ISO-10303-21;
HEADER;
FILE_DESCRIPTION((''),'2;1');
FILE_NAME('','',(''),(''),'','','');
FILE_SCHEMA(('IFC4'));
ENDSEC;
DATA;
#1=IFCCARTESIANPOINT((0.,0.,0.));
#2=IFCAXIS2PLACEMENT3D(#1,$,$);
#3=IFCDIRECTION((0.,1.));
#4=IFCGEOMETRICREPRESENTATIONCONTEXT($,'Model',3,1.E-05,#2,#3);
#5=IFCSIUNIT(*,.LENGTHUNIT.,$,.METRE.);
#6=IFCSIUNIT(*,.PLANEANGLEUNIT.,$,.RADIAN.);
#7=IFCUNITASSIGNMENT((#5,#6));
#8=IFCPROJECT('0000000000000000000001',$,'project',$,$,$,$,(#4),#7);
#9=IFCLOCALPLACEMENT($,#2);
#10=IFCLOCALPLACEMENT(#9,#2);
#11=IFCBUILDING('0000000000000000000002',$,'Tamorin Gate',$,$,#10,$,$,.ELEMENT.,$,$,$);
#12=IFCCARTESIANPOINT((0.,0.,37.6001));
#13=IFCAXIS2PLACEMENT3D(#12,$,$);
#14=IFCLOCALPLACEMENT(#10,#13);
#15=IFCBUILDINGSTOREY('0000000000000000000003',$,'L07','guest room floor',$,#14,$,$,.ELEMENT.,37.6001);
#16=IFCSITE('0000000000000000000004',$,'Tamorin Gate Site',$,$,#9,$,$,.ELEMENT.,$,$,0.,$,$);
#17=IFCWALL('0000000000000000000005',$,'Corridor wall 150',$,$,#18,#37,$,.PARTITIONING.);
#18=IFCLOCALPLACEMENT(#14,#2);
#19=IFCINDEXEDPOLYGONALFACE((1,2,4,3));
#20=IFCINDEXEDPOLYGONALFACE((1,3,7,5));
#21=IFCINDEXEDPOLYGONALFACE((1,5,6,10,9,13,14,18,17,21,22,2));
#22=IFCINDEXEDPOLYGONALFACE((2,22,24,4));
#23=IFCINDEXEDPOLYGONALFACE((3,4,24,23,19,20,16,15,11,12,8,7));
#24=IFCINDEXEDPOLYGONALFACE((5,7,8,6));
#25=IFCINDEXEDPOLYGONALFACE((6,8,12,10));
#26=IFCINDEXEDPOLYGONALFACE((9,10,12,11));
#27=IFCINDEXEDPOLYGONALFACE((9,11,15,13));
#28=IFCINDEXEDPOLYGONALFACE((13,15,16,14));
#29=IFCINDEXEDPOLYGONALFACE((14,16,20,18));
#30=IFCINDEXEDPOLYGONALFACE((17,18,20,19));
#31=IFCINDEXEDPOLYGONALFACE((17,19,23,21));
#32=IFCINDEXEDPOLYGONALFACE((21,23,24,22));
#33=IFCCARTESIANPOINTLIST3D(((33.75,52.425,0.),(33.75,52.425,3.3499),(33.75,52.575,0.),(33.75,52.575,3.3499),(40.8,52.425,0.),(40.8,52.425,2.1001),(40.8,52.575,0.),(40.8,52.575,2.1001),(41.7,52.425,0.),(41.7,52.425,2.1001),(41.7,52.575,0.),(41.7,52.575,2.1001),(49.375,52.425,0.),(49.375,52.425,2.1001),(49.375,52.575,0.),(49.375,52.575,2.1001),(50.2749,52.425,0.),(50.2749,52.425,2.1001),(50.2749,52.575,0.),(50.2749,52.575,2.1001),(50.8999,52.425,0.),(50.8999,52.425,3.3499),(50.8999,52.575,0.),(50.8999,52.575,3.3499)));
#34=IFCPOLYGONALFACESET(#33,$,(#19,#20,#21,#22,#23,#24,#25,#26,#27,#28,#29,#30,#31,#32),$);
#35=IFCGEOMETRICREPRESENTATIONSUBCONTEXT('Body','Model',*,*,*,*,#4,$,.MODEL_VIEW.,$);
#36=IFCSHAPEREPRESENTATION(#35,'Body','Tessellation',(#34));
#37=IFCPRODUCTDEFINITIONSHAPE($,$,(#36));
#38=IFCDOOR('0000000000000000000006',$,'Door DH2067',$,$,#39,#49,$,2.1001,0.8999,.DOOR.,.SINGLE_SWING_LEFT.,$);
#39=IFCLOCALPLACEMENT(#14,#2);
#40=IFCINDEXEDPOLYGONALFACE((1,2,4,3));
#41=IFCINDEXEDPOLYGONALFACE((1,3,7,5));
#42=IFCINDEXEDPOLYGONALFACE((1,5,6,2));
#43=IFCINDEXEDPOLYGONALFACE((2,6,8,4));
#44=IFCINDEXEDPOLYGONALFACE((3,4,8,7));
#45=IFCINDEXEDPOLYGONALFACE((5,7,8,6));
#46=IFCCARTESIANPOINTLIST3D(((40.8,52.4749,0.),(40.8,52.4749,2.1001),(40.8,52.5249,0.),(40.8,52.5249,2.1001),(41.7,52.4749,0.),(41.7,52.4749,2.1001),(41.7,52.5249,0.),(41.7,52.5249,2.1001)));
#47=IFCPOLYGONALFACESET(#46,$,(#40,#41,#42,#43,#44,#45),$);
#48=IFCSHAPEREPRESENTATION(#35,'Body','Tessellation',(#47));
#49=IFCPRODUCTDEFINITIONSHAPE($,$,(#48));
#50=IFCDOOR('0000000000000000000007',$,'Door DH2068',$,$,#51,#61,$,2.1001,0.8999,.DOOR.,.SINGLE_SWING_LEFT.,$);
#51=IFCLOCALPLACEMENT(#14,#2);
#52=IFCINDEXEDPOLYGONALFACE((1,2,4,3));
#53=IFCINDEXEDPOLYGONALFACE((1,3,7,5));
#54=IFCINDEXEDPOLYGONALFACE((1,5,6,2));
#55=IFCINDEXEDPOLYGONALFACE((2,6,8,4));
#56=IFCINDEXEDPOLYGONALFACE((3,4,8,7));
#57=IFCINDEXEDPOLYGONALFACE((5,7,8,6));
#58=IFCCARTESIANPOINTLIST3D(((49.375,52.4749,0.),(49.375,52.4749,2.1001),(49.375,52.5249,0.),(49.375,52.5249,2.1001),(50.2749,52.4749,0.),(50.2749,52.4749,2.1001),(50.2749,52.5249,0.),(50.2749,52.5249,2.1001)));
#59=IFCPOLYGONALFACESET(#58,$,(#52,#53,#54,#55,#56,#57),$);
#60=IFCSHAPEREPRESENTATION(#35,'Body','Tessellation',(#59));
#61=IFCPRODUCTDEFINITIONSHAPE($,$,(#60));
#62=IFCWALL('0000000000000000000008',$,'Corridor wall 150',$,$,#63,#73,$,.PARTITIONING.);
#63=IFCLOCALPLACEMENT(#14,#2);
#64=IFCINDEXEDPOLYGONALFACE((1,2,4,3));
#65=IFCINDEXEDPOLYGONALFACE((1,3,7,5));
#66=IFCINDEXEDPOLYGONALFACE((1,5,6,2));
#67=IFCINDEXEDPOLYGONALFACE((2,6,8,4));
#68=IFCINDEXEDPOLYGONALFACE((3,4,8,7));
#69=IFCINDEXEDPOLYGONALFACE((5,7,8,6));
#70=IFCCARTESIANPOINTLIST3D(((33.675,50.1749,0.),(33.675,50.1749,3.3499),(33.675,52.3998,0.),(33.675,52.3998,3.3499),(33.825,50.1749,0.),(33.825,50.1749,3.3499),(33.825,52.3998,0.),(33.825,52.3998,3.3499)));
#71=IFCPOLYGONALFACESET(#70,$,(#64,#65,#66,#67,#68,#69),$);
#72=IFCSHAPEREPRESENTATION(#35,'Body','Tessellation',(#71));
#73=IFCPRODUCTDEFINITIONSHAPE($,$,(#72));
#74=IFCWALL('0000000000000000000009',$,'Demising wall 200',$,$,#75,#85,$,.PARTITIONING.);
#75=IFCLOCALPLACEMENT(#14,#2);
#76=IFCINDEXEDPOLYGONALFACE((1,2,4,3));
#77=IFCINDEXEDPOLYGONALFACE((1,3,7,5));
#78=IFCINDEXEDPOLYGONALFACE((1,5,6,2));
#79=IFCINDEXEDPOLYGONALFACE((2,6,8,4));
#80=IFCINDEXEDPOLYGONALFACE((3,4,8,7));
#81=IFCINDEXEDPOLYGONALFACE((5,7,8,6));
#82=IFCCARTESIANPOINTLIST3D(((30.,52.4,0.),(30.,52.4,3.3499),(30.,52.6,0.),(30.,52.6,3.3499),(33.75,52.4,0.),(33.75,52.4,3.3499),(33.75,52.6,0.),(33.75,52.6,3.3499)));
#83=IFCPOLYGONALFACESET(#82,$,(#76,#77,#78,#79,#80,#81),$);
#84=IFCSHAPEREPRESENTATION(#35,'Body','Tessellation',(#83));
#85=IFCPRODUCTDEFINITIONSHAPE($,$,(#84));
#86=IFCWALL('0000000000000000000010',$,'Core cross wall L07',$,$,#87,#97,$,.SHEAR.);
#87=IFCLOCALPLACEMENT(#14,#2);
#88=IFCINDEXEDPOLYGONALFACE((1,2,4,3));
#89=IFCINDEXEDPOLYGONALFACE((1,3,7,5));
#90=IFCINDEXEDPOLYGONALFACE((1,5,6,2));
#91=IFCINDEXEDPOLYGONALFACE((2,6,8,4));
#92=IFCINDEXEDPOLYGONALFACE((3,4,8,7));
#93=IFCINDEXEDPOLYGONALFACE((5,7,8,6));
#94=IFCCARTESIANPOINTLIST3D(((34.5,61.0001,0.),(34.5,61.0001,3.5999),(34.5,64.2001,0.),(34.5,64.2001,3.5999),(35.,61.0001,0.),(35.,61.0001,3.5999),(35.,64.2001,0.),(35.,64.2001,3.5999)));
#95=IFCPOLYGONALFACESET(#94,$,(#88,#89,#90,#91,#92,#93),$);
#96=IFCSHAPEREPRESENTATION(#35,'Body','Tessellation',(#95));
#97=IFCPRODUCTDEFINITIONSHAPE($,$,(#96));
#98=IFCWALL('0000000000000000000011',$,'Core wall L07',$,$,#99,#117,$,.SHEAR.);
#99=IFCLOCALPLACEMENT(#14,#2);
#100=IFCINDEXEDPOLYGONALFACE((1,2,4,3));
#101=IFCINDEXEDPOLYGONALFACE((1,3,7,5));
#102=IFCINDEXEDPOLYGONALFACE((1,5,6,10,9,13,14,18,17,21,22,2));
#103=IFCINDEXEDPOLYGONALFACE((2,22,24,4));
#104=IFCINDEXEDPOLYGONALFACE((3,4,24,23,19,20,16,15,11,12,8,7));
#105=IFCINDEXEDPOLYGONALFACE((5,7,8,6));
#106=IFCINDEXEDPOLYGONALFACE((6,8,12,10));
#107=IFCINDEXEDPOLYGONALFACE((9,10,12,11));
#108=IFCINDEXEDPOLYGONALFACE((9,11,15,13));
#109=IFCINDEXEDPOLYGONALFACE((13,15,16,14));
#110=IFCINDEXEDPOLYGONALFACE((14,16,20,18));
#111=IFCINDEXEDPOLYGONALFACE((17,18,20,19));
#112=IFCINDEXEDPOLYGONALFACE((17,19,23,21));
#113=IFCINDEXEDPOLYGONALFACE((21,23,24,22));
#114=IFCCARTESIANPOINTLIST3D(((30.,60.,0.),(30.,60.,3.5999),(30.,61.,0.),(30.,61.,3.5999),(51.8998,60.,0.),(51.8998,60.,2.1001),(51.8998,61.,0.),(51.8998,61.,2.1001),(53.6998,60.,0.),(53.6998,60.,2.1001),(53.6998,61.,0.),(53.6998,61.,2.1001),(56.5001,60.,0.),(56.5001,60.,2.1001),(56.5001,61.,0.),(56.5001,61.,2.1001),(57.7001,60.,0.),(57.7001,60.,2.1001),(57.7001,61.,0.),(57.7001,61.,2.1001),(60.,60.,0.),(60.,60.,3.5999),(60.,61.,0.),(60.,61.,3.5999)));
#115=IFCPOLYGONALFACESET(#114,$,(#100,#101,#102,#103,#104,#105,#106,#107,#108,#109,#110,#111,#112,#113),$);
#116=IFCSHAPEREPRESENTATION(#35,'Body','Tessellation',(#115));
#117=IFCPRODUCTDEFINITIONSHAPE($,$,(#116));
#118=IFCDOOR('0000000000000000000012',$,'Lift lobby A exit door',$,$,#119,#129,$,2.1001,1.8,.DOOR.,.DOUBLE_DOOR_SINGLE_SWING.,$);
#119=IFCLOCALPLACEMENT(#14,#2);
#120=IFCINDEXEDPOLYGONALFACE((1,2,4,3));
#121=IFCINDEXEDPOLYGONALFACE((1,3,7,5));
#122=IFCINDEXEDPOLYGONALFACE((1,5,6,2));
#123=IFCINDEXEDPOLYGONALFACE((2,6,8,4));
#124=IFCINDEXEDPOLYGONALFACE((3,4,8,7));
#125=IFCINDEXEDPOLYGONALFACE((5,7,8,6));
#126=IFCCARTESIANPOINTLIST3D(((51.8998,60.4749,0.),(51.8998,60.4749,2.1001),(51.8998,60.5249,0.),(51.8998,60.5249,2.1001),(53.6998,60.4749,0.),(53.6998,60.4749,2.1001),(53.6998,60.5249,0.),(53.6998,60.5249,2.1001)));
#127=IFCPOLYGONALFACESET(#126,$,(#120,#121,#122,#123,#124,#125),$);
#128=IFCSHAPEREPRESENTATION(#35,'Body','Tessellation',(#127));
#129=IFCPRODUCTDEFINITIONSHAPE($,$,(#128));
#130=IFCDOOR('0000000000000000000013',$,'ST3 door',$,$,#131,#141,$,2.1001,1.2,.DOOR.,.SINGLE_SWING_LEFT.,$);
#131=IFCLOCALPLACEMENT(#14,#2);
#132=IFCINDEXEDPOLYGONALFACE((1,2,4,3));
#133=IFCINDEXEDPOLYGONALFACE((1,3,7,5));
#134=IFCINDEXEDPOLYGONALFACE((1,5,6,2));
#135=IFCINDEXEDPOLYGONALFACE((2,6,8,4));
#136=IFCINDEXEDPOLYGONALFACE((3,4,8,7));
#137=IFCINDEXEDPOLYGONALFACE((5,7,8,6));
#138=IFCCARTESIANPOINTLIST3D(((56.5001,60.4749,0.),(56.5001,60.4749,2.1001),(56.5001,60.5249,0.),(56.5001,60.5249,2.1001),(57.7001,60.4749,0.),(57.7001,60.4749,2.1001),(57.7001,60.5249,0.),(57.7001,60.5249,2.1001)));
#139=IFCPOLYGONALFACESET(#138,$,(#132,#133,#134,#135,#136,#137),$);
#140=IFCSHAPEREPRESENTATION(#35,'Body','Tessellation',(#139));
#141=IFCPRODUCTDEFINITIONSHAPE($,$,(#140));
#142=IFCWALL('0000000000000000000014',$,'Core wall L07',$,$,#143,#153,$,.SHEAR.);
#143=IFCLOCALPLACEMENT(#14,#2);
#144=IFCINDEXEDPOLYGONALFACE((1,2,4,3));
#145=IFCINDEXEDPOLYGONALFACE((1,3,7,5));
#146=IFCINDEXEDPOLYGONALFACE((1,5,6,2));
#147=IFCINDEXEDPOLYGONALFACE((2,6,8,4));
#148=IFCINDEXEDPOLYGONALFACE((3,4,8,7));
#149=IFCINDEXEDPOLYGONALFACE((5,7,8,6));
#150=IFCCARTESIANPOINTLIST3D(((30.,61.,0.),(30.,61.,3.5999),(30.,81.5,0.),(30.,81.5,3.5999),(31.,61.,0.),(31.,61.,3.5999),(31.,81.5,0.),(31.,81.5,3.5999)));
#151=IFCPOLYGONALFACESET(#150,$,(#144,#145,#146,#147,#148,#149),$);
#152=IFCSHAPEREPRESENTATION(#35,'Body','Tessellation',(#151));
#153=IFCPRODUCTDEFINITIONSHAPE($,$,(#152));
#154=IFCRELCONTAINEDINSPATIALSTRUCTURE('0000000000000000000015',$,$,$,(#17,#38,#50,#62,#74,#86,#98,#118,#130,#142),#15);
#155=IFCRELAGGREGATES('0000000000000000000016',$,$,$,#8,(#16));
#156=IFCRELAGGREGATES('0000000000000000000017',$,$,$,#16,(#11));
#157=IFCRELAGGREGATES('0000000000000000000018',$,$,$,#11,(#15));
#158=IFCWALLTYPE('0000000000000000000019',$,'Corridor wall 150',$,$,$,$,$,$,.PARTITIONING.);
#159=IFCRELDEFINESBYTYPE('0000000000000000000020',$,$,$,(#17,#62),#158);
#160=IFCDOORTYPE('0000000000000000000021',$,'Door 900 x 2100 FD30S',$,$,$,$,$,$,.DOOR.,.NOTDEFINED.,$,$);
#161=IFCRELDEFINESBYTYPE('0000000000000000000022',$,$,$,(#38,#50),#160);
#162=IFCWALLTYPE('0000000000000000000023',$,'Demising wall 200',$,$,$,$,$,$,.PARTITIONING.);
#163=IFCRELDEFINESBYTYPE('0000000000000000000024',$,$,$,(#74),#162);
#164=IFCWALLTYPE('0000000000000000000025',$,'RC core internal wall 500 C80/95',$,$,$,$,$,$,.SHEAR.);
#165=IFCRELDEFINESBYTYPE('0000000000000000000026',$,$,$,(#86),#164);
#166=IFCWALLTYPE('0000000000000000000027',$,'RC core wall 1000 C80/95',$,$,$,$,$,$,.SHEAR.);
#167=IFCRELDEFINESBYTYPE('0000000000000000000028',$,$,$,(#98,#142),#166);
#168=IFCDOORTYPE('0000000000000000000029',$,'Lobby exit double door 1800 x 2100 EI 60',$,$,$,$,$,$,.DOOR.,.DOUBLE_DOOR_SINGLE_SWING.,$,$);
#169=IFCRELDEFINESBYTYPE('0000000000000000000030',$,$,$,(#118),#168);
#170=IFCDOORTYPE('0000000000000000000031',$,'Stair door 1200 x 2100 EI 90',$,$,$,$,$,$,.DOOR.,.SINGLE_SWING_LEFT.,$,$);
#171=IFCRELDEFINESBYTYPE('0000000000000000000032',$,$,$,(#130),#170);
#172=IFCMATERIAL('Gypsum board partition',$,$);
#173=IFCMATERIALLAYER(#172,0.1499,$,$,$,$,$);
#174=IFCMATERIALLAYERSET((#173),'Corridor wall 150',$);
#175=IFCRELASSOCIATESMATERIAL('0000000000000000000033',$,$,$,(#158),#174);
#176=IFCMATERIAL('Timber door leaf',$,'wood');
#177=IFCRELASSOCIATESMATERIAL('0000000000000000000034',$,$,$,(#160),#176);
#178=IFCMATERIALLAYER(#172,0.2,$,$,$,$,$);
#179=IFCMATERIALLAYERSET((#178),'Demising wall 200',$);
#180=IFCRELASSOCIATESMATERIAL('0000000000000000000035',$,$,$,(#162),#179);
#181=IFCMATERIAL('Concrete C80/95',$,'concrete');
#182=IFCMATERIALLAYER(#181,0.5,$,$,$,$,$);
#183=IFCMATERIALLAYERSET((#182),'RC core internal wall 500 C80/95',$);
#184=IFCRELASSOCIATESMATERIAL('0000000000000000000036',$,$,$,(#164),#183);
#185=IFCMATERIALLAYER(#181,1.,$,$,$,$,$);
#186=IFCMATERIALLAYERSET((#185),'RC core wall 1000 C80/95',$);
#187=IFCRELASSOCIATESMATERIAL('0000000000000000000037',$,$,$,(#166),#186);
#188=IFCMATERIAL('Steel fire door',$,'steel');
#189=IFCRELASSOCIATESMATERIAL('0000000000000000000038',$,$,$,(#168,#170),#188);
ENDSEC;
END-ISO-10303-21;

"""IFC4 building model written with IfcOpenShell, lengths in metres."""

from ifc_helpers import new_model, si_unit, direction, frame, frame_2d, origin, place, context, subcontext, project, spatial, rectangle, extrude, material, layer, layer_set, type_object, element, fill, save


model = new_model("IFC4")

# Units and contexts
model_context = context("Model", 3, precision=1e-05, world=origin(), true_north=direction((0.0, 1.0)))
body_context = subcontext(model_context, "Body", "Model", "MODEL_VIEW")
ifc_project = project(units=[si_unit("LENGTHUNIT", "METRE"), si_unit("PLANEANGLEUNIT", "RADIAN")], contexts=[model_context])

# Site, building, storey
site_placement = place(None, origin())
site = spatial("IfcSite", under=ifc_project, at=site_placement, Name="Tamorin Gate Site", CompositionType="ELEMENT", RefElevation=0.0)
building_placement = place(site_placement, origin())
building = spatial("IfcBuilding", under=site, at=building_placement, Name="Tamorin Gate", CompositionType="ELEMENT")
storey_placement = place(building_placement, frame((0.0, 0.0, 37.6001)))
storey = spatial("IfcBuildingStorey", under=building, at=storey_placement, Name="L07", Description="guest room floor", CompositionType="ELEMENT", Elevation=37.6001)

# Shared definitions
ifc_material_1 = material(Name="Concrete C80/95", Category="concrete")

# Wall, openings, doors
ifc_material_2 = material(Name="Gypsum board partition")
ifc_layer_1 = layer(ifc_material_2, 0.1499)
ifc_layer_set_1 = layer_set([ifc_layer_1], Name="Corridor wall 150")
wall_type_1 = type_object("IfcWallType", Name="Corridor wall 150", PredefinedType="PARTITIONING", material=ifc_layer_set_1)
ifc_material_3 = material(Name="Timber door leaf", Category="wood")
door_type_1 = type_object("IfcDoorType", Name="Door 900 x 2100 FD30S", OperationType="NOTDEFINED", PredefinedType="DOOR", material=ifc_material_3)
wall_1_placement = place(storey_placement, frame((33.75, 52.5, 0.0), z_axis=(0.0, 0.0, 1.0), x_axis=(1.0, 0.0, 0.0)))
wall_1 = element("IfcWall", 1, at=wall_1_placement, inside=storey, type_object=wall_type_1, Name="Corridor wall 150", PredefinedType="PARTITIONING", context=body_context, shape_type="SweptSolid", body=[
    extrude(rectangle(XDim=17.1499, YDim=0.1499, at=frame_2d((8.575, 0.0))), origin(), (0.0, 0.0, 1.0), 3.3499),
])
opening_1_placement = place(wall_1_placement, frame((7.05, 0.0, 0.0)))
opening_1 = element("IfcOpeningElement", 2, at=opening_1_placement, cuts=wall_1, PredefinedType="OPENING", context=body_context, shape_type="SweptSolid", body=[
    extrude(rectangle(XDim=0.8999, YDim=2.1001, at=frame_2d((0.45, 1.05))), frame((0.0, 0.085, 0.0), z_axis=(0.0, -1.0, 0.0), x_axis=(1.0, 0.0, 0.0)), (0.0, 0.0, 1.0), 0.1699),
])
opening_2_placement = place(wall_1_placement, frame((15.625, 0.0, 0.0)))
opening_2 = element("IfcOpeningElement", 3, at=opening_2_placement, cuts=wall_1, PredefinedType="OPENING", context=body_context, shape_type="SweptSolid", body=[
    extrude(rectangle(XDim=0.8999, YDim=2.1001, at=frame_2d((0.45, 1.05))), frame((0.0, 0.085, 0.0), z_axis=(0.0, -1.0, 0.0), x_axis=(1.0, 0.0, 0.0)), (0.0, 0.0, 1.0), 0.1699),
])
door_1_placement = place(opening_1_placement, origin())
door_1 = element("IfcDoor", 4, at=door_1_placement, inside=storey, type_object=door_type_1, Name="Door DH2067", OperationType="SINGLE_SWING_LEFT", OverallHeight=2.1001, OverallWidth=0.8999, PredefinedType="DOOR", context=body_context, shape_type="SweptSolid", body=[
    extrude(rectangle(XDim=0.8999, YDim=2.1001, at=frame_2d((0.45, 1.05))), frame((0.0, 0.0249, 0.0), z_axis=(0.0, -1.0, 0.0), x_axis=(1.0, 0.0, 0.0)), (0.0, 0.0, 1.0), 0.05),
])
fill(opening_1, door_1)
door_2_placement = place(opening_2_placement, origin())
door_2 = element("IfcDoor", 5, at=door_2_placement, inside=storey, type_object=door_type_1, Name="Door DH2068", OperationType="SINGLE_SWING_LEFT", OverallHeight=2.1001, OverallWidth=0.8999, PredefinedType="DOOR", context=body_context, shape_type="SweptSolid", body=[
    extrude(rectangle(XDim=0.8999, YDim=2.1001, at=frame_2d((0.45, 1.05))), frame((0.0, 0.0249, 0.0), z_axis=(0.0, -1.0, 0.0), x_axis=(1.0, 0.0, 0.0)), (0.0, 0.0, 1.0), 0.05),
])
fill(opening_2, door_2)

# Walls
wall_2_placement = place(storey_placement, frame((33.75, 50.175, 0.0), z_axis=(0.0, 0.0, 1.0), x_axis=(0.0, 1.0, 0.0)))
element("IfcWall", 6, at=wall_2_placement, inside=storey, type_object=wall_type_1, Name="Corridor wall 150", PredefinedType="PARTITIONING", context=body_context, shape_type="SweptSolid", body=[
    extrude(rectangle(XDim=2.2249, YDim=0.1499, at=frame_2d((1.1123, 0.0))), origin(), (0.0, 0.0, 1.0), 3.3499),
])
ifc_layer_2 = layer(ifc_material_2, 0.2)
ifc_layer_set_2 = layer_set([ifc_layer_2], Name="Demising wall 200")
wall_type_2 = type_object("IfcWallType", Name="Demising wall 200", PredefinedType="PARTITIONING", material=ifc_layer_set_2)
wall_3_placement = place(storey_placement, frame((30.0, 52.5, 0.0), z_axis=(0.0, 0.0, 1.0), x_axis=(1.0, 0.0, 0.0)))
element("IfcWall", 7, at=wall_3_placement, inside=storey, type_object=wall_type_2, Name="Demising wall 200", PredefinedType="PARTITIONING", context=body_context, shape_type="SweptSolid", body=[
    extrude(rectangle(XDim=3.75, YDim=0.2, at=frame_2d((1.875, 0.0))), origin(), (0.0, 0.0, 1.0), 3.3499),
])
ifc_layer_3 = layer(ifc_material_1, 0.5)
ifc_layer_set_3 = layer_set([ifc_layer_3], Name="RC core internal wall 500 C80/95")
wall_type_3 = type_object("IfcWallType", Name="RC core internal wall 500 C80/95", PredefinedType="SHEAR", material=ifc_layer_set_3)
wall_4_placement = place(storey_placement, frame((34.75, 61.0, 0.0), z_axis=(0.0, 0.0, 1.0), x_axis=(0.0, 1.0, 0.0)))
element("IfcWall", 8, at=wall_4_placement, inside=storey, type_object=wall_type_3, Name="Core cross wall L07", PredefinedType="SHEAR", context=body_context, shape_type="SweptSolid", body=[
    extrude(rectangle(XDim=3.2, YDim=0.5, at=frame_2d((1.6001, 0.0))), origin(), (0.0, 0.0, 1.0), 3.5999),
])

# Wall, openings, doors
ifc_layer_4 = layer(ifc_material_1, 1.0)
ifc_layer_set_4 = layer_set([ifc_layer_4], Name="RC core wall 1000 C80/95")
wall_type_4 = type_object("IfcWallType", Name="RC core wall 1000 C80/95", PredefinedType="SHEAR", material=ifc_layer_set_4)
wall_5_placement = place(storey_placement, frame((30.0, 60.5, 0.0), z_axis=(0.0, 0.0, 1.0), x_axis=(1.0, 0.0, 0.0)))
wall_5 = element("IfcWall", 9, at=wall_5_placement, inside=storey, type_object=wall_type_4, Name="Core wall L07", PredefinedType="SHEAR", context=body_context, shape_type="SweptSolid", body=[
    extrude(rectangle(XDim=30.0, YDim=1.0, at=frame_2d((15.0, 0.0))), origin(), (0.0, 0.0, 1.0), 3.5999),
])
opening_3_placement = place(wall_5_placement, frame((21.8999, 0.0, 0.0)))
opening_3 = element("IfcOpeningElement", 10, at=opening_3_placement, cuts=wall_5, PredefinedType="OPENING", context=body_context, shape_type="SweptSolid", body=[
    extrude(rectangle(XDim=1.8, YDim=2.1001, at=frame_2d((0.8999, 1.05))), frame((0.0, 0.51, 0.0), z_axis=(0.0, -1.0, 0.0), x_axis=(1.0, 0.0, 0.0)), (0.0, 0.0, 1.0), 1.02),
])
opening_4_placement = place(wall_5_placement, frame((26.5, 0.0, 0.0)))
opening_4 = element("IfcOpeningElement", 11, at=opening_4_placement, cuts=wall_5, PredefinedType="OPENING", context=body_context, shape_type="SweptSolid", body=[
    extrude(rectangle(XDim=1.2, YDim=2.1001, at=frame_2d((0.6001, 1.05))), frame((0.0, 0.51, 0.0), z_axis=(0.0, -1.0, 0.0), x_axis=(1.0, 0.0, 0.0)), (0.0, 0.0, 1.0), 1.02),
])
ifc_material_4 = material(Name="Steel fire door", Category="steel")
door_type_2 = type_object("IfcDoorType", Name="Lobby exit double door 1800 x 2100 EI 60", OperationType="DOUBLE_DOOR_SINGLE_SWING", PredefinedType="DOOR", material=ifc_material_4)
door_3_placement = place(opening_3_placement, origin())
door_3 = element("IfcDoor", 12, at=door_3_placement, inside=storey, type_object=door_type_2, Name="Lift lobby A exit door", OperationType="DOUBLE_DOOR_SINGLE_SWING", OverallHeight=2.1001, OverallWidth=1.8, PredefinedType="DOOR", context=body_context, shape_type="SweptSolid", body=[
    extrude(rectangle(XDim=1.8, YDim=2.1001, at=frame_2d((0.8999, 1.05))), frame((0.0, 0.0249, 0.0), z_axis=(0.0, -1.0, 0.0), x_axis=(1.0, 0.0, 0.0)), (0.0, 0.0, 1.0), 0.05),
])
fill(opening_3, door_3)
door_type_3 = type_object("IfcDoorType", Name="Stair door 1200 x 2100 EI 90", OperationType="SINGLE_SWING_LEFT", PredefinedType="DOOR", material=ifc_material_4)
door_4_placement = place(opening_4_placement, origin())
door_4 = element("IfcDoor", 13, at=door_4_placement, inside=storey, type_object=door_type_3, Name="ST3 door", OperationType="SINGLE_SWING_LEFT", OverallHeight=2.1001, OverallWidth=1.2, PredefinedType="DOOR", context=body_context, shape_type="SweptSolid", body=[
    extrude(rectangle(XDim=1.2, YDim=2.1001, at=frame_2d((0.6001, 1.05))), frame((0.0, 0.0249, 0.0), z_axis=(0.0, -1.0, 0.0), x_axis=(1.0, 0.0, 0.0)), (0.0, 0.0, 1.0), 0.05),
])
fill(opening_4, door_4)

# Wall
wall_6_placement = place(storey_placement, frame((30.5, 61.0, 0.0), z_axis=(0.0, 0.0, 1.0), x_axis=(0.0, 1.0, 0.0)))
element("IfcWall", 14, at=wall_6_placement, inside=storey, type_object=wall_type_4, Name="Core wall L07", PredefinedType="SHEAR", context=body_context, shape_type="SweptSolid", body=[
    extrude(rectangle(XDim=20.5, YDim=1.0, at=frame_2d((10.25, 0.0))), origin(), (0.0, 0.0, 1.0), 3.5999),
])

save(model, "model.ifc")
